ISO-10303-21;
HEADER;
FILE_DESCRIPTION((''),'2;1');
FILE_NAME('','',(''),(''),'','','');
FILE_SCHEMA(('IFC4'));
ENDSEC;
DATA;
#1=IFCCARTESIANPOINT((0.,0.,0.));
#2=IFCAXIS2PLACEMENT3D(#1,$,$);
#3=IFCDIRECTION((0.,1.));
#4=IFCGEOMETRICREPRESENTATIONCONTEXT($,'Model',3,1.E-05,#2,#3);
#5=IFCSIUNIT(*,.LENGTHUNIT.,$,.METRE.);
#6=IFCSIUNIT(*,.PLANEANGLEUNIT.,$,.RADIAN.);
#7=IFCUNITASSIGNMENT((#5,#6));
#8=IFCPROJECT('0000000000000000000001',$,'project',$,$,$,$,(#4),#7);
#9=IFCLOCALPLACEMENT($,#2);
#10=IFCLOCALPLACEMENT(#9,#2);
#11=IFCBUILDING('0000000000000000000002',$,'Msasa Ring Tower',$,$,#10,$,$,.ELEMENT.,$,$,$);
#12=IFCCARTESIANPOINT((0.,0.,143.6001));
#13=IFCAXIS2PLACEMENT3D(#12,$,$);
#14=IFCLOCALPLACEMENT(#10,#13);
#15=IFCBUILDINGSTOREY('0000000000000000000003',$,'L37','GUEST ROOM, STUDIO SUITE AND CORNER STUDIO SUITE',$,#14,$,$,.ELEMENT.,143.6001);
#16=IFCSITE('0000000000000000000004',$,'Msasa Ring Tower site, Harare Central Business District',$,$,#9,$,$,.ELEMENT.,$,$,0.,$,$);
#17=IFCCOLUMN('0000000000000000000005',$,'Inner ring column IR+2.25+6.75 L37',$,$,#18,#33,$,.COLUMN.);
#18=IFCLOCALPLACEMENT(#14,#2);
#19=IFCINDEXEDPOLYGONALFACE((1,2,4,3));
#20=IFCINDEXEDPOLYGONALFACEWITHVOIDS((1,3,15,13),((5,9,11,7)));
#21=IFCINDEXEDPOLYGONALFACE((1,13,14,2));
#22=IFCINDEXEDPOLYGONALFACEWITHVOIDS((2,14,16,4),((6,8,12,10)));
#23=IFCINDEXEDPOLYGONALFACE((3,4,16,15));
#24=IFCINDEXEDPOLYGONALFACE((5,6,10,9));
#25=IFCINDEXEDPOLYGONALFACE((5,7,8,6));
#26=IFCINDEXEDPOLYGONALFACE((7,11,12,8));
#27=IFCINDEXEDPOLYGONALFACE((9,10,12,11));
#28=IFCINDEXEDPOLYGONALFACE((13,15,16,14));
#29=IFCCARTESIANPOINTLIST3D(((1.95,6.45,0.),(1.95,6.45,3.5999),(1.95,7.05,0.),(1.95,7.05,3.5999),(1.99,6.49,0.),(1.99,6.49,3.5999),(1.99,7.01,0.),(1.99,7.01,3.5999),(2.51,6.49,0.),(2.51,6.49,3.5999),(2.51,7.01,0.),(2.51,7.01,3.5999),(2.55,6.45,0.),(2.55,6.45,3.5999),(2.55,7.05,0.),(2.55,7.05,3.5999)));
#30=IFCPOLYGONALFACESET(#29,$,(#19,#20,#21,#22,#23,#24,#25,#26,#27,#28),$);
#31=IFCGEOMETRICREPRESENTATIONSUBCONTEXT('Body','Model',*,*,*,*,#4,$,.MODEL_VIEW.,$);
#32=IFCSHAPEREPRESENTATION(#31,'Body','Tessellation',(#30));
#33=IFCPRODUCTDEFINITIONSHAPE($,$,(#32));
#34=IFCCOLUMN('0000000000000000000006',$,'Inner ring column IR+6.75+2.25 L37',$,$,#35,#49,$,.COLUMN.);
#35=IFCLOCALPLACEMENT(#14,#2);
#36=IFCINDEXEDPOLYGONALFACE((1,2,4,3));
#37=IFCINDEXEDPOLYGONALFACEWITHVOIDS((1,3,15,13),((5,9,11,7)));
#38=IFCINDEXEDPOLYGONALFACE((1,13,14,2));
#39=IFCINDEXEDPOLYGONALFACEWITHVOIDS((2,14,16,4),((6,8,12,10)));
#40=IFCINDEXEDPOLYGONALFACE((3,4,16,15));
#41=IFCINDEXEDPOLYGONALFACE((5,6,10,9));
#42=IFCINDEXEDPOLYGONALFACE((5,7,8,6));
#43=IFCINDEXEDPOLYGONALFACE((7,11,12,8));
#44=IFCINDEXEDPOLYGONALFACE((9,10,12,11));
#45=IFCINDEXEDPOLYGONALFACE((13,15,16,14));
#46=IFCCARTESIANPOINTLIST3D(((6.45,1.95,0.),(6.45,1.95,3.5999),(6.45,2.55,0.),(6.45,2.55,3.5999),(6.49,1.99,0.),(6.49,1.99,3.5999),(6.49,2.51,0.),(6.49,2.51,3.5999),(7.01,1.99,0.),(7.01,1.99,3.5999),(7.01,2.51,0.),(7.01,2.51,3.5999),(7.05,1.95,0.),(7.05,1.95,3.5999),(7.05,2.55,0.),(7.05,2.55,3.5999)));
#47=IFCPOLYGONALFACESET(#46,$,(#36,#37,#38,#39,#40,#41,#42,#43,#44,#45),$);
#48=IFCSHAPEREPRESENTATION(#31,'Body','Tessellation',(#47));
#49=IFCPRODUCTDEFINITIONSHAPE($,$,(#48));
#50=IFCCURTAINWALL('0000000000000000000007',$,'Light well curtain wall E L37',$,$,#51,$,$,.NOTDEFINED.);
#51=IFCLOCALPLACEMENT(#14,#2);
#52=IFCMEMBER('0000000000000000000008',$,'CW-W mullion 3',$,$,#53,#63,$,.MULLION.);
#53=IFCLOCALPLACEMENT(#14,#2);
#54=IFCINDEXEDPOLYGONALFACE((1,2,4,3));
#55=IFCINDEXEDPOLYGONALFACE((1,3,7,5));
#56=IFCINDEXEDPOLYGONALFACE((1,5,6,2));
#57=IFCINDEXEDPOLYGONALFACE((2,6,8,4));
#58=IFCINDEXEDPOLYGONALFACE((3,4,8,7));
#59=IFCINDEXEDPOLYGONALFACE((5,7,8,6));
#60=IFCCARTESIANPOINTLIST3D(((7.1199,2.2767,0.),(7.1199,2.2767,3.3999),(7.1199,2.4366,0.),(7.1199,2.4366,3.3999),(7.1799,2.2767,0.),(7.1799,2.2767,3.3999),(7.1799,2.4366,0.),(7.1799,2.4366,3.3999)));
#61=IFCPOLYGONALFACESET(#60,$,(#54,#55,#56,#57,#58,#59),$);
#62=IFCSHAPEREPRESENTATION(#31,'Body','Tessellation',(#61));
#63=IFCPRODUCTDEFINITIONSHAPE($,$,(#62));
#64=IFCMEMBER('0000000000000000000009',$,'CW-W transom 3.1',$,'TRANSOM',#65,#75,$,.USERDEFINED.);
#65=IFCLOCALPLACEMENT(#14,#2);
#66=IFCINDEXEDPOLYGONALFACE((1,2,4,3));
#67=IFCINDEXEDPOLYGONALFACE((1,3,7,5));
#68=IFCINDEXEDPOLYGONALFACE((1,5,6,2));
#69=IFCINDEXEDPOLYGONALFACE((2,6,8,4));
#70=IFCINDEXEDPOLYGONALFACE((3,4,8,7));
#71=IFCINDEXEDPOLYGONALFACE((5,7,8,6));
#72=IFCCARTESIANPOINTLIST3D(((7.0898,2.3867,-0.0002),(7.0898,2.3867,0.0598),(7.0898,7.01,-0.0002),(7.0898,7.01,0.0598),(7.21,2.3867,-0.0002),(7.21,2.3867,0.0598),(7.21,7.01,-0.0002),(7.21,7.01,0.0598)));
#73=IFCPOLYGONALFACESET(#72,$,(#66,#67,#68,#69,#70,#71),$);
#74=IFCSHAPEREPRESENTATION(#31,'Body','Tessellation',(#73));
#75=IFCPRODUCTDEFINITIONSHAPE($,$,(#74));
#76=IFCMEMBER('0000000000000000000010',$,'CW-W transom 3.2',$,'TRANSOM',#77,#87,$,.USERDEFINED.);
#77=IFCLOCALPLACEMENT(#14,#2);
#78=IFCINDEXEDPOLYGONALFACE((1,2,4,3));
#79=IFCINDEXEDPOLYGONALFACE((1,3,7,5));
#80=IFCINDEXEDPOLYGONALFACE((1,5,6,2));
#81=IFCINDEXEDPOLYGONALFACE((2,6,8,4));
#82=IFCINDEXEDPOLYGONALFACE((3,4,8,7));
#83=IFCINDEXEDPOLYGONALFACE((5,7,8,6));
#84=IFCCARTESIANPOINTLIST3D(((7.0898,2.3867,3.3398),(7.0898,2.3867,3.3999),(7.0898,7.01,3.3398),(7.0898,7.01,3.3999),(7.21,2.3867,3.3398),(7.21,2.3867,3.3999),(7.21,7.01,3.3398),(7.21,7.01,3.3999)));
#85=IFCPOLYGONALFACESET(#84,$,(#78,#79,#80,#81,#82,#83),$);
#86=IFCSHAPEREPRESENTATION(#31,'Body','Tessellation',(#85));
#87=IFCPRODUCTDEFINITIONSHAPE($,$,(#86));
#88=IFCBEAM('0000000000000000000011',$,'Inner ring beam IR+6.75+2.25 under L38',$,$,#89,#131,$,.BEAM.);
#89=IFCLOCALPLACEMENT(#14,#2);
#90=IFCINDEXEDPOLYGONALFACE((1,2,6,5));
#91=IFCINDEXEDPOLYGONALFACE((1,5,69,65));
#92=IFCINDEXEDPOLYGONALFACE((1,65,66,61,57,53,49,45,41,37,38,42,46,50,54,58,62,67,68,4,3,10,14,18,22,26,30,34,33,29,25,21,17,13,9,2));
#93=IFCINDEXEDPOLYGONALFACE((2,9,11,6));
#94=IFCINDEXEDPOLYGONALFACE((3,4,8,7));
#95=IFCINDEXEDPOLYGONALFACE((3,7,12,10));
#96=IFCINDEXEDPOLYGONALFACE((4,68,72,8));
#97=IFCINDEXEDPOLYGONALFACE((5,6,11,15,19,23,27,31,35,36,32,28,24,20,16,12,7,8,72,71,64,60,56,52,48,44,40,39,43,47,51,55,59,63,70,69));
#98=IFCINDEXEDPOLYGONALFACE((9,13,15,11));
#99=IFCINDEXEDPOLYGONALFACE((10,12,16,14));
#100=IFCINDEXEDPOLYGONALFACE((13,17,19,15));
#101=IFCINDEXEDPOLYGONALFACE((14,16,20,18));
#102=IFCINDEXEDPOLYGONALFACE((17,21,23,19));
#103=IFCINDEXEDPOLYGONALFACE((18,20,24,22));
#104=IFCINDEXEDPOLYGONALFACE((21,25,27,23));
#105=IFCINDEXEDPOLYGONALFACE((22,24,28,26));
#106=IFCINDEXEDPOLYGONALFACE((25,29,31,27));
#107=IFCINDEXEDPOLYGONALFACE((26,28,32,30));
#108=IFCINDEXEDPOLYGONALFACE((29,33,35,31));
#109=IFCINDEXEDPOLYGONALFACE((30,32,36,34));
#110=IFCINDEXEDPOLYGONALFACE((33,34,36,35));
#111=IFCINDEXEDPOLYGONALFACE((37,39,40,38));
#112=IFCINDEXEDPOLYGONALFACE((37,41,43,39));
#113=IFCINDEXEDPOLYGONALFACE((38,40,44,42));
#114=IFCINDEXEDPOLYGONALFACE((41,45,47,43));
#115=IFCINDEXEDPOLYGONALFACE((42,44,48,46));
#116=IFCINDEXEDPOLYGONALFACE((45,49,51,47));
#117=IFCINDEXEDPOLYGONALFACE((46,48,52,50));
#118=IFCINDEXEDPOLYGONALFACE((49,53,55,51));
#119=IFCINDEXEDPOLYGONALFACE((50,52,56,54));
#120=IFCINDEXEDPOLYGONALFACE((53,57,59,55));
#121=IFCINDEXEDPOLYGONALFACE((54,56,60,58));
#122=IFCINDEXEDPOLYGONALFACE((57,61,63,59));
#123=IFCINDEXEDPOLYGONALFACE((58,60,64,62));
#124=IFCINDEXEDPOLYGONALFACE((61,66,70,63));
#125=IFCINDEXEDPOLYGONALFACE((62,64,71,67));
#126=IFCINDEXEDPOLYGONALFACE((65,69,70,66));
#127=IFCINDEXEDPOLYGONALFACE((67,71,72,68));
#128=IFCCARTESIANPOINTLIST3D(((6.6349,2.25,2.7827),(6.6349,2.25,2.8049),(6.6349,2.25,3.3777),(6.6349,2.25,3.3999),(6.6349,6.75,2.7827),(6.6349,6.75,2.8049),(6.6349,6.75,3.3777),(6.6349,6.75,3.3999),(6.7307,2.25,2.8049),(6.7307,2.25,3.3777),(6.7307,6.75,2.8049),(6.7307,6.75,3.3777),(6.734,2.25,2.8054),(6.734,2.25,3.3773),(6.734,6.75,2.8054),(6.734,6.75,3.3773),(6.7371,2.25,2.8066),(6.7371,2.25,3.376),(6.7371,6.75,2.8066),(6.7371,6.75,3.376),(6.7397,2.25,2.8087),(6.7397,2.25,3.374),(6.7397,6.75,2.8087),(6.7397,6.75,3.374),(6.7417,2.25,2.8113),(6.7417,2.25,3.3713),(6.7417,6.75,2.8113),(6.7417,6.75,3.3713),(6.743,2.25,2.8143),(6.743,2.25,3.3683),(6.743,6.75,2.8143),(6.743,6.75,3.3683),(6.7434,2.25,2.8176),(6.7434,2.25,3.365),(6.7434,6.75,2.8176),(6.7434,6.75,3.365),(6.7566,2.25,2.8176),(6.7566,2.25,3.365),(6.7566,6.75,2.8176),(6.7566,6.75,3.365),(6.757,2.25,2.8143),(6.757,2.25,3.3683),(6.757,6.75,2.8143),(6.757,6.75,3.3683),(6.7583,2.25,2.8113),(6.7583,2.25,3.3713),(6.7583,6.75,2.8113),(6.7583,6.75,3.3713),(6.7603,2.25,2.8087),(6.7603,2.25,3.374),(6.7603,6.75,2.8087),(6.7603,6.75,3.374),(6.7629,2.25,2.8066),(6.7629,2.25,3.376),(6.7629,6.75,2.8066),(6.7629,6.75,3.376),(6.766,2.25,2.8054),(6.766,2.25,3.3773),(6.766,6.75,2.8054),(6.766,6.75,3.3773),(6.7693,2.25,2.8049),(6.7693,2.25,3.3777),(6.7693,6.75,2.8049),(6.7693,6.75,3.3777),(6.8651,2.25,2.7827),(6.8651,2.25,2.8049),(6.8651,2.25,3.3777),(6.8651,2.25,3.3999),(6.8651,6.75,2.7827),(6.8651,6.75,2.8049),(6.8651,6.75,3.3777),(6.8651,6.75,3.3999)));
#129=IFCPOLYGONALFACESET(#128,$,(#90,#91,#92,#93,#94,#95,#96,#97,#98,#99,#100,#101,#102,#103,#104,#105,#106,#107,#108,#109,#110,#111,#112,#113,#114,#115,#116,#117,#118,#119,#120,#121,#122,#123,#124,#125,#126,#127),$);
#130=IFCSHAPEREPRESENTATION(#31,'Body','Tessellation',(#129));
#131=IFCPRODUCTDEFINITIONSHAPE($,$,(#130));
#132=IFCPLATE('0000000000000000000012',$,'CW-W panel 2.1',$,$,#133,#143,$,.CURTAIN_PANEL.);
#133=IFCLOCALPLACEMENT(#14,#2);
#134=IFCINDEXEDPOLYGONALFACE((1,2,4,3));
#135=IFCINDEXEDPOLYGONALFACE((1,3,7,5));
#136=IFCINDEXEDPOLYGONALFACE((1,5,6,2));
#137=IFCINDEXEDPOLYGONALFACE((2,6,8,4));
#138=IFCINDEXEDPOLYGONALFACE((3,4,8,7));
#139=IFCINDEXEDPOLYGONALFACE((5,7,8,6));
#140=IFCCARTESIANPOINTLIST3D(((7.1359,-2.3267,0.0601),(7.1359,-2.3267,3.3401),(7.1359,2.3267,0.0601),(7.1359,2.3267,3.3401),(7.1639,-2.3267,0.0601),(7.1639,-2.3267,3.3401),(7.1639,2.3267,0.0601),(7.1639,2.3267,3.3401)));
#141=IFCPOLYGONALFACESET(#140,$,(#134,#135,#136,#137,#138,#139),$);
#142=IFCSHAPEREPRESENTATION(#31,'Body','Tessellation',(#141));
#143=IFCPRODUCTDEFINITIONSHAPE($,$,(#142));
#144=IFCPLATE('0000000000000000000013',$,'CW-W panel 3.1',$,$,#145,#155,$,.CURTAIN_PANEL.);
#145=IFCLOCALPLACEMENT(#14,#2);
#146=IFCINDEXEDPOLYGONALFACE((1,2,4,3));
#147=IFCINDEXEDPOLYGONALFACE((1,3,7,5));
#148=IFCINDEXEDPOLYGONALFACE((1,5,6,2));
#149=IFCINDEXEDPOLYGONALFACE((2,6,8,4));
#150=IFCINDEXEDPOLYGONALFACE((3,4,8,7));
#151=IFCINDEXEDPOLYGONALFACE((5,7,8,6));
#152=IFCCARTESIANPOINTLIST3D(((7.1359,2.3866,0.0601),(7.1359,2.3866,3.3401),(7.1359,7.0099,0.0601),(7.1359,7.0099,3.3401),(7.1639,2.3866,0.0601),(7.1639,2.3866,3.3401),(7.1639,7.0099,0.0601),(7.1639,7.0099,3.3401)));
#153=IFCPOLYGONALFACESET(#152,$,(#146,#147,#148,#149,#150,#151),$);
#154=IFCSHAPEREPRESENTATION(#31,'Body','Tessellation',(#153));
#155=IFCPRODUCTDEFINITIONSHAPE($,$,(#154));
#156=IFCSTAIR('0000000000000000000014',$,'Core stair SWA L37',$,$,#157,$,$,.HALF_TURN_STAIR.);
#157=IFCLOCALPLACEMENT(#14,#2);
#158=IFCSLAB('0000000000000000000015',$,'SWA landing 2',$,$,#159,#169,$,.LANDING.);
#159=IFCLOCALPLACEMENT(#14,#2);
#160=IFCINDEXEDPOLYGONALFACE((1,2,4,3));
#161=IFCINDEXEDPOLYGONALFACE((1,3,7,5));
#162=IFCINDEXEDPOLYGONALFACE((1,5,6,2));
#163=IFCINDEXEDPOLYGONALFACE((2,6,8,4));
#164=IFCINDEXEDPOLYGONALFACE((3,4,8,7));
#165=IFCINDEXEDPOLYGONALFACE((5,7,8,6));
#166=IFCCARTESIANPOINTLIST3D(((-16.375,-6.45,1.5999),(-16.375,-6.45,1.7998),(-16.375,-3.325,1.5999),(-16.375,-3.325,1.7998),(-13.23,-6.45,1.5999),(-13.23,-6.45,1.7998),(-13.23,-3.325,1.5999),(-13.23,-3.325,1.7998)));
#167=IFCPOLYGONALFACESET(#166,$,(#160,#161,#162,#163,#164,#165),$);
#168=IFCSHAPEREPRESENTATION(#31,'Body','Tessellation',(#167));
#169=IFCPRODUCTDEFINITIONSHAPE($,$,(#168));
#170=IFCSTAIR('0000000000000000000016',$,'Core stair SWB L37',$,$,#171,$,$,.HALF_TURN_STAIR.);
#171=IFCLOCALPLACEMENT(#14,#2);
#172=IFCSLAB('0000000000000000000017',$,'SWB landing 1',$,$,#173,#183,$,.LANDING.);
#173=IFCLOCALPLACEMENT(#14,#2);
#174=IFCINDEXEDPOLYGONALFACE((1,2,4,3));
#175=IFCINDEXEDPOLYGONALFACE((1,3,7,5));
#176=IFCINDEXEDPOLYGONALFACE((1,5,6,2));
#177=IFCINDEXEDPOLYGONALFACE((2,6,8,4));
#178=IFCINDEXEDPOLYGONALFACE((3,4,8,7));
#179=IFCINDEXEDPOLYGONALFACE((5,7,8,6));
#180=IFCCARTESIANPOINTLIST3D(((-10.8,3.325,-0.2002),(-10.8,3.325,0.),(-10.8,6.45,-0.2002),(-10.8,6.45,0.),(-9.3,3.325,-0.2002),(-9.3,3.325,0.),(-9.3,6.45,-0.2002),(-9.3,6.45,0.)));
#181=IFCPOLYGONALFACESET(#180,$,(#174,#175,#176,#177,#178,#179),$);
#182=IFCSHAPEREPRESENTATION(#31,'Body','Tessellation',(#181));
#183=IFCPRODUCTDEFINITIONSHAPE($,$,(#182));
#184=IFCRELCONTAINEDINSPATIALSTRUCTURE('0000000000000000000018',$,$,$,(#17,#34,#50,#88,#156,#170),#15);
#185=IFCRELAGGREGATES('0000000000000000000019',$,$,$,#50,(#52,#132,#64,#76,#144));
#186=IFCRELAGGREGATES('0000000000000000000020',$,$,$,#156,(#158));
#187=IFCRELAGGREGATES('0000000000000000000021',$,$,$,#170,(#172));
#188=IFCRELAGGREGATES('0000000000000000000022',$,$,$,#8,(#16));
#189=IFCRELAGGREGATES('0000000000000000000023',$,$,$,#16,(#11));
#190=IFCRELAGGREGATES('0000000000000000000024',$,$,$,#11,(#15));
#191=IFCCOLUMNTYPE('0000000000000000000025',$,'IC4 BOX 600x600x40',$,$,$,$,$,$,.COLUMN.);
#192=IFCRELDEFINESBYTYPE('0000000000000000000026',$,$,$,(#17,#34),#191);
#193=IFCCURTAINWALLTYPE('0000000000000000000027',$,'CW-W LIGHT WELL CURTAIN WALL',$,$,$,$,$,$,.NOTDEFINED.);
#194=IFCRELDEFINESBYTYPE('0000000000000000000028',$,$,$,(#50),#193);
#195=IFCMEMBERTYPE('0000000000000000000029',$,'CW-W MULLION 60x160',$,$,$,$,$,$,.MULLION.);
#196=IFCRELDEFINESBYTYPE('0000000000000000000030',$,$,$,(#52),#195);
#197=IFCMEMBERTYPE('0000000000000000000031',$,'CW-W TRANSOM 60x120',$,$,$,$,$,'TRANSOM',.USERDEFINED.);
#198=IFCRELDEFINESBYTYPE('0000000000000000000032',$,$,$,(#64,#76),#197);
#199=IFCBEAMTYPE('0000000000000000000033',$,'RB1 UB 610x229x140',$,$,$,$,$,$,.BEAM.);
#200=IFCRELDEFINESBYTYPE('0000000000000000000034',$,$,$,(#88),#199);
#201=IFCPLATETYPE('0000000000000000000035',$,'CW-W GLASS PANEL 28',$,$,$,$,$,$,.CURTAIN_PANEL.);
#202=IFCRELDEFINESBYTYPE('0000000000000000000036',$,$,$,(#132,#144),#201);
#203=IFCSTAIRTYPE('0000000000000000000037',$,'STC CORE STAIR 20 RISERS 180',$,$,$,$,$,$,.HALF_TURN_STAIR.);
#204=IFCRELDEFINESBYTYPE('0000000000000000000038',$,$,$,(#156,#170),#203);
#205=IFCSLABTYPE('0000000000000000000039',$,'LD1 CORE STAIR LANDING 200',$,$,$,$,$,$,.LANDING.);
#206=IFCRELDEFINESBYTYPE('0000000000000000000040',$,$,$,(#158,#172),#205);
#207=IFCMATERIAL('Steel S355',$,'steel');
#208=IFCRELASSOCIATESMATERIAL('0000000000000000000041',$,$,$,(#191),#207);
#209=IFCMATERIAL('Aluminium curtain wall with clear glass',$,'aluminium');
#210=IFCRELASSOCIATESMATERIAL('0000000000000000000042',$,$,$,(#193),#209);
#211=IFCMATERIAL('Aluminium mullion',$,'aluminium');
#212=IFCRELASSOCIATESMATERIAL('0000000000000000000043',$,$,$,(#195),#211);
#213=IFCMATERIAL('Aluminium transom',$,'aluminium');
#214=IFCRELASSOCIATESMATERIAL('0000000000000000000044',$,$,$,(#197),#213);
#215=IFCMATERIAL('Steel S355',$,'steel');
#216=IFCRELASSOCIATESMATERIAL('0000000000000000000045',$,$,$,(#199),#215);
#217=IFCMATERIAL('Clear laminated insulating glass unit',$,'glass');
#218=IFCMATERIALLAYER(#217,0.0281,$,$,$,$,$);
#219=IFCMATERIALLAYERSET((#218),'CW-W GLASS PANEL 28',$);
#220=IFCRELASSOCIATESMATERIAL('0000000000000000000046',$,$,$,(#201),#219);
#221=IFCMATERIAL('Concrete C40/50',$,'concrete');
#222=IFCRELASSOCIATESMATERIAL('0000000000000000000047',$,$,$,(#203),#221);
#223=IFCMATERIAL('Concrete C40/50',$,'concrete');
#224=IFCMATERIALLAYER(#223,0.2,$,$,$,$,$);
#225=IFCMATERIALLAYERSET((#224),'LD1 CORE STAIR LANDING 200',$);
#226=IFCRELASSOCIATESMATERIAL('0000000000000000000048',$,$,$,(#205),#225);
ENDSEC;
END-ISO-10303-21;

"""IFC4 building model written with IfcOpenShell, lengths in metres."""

from ifc_helpers import new_model, si_unit, direction, frame, origin, origin_2d, place, context, subcontext, project, spatial, polyline, rectangle, hollow_rectangle, i_section, outline, extrude, material, layer, layer_set, material_profile, profile_set, type_object, element, aggregate, save


model = new_model("IFC4")

# Units and contexts
model_context = context("Model", 3, precision=1e-05, world=origin(), true_north=direction((0.0, 1.0)))
body_context = subcontext(model_context, "Body", "Model", "MODEL_VIEW")
ifc_project = project(units=[si_unit("LENGTHUNIT", "METRE"), si_unit("PLANEANGLEUNIT", "RADIAN")], contexts=[model_context])

# Site, building, storey
site_placement = place(None, origin())
site = spatial("IfcSite", under=ifc_project, at=site_placement, Name="Msasa Ring Tower site, Harare Central Business District", CompositionType="ELEMENT", RefElevation=0.0)
building_placement = place(site_placement, origin())
building = spatial("IfcBuilding", under=site, at=building_placement, Name="Msasa Ring Tower", CompositionType="ELEMENT")
storey_placement = place(building_placement, frame((0.0, 0.0, 143.6001)))
storey = spatial("IfcBuildingStorey", under=building, at=storey_placement, Name="L37", Description="GUEST ROOM, STUDIO SUITE AND CORNER STUDIO SUITE", CompositionType="ELEMENT", Elevation=143.6001)

# Columns
ifc_material_1 = material(Name="Steel S355", Category="steel")
ifc_material_profile_1 = material_profile(ifc_material_1, hollow_rectangle(XDim=0.6001, YDim=0.6001, WallThickness=0.04, at=origin_2d()), Name="BOX 600x600x40")
ifc_profile_set_1 = profile_set([ifc_material_profile_1], Name="Steel S355")
column_type = type_object("IfcColumnType", Name="IC4 BOX 600x600x40", PredefinedType="COLUMN", material=ifc_profile_set_1)
for number, where, z_axis, x_axis, name in (
    (1, (2.25, 6.75, 0.0), (0.0, 0.0, 1.0), (1.0, 0.0, 0.0), "Inner ring column IR+2.25+6.75 L37"),
    (2, (6.75, 2.25, 0.0), (0.0, 0.0, 1.0), (1.0, 0.0, 0.0), "Inner ring column IR+6.75+2.25 L37"),
):
    element("IfcColumn", number, at=place(storey_placement, frame(where, z_axis=z_axis, x_axis=x_axis)), inside=storey, type_object=column_type, Name=name, PredefinedType="COLUMN", context=body_context, shape_type="SweptSolid", body=[
        extrude(hollow_rectangle(XDim=0.6001, YDim=0.6001, WallThickness=0.04, at=origin_2d()), origin(), (0.0, 0.0, 1.0), 3.5999),
    ])

# Curtain wall, members
ifc_material_2 = material(Name="Aluminium curtain wall with clear glass", Category="aluminium")
curtain_wall_type = type_object("IfcCurtainWallType", Name="CW-W LIGHT WELL CURTAIN WALL", PredefinedType="NOTDEFINED", material=ifc_material_2)
curtain_wall_placement = place(storey_placement, origin())
curtain_wall = element("IfcCurtainWall", 3, at=curtain_wall_placement, inside=storey, type_object=curtain_wall_type, Name="Light well curtain wall E L37", PredefinedType="NOTDEFINED")
ifc_material_3 = material(Name="Aluminium mullion", Category="aluminium")
ifc_material_profile_2 = material_profile(ifc_material_3, rectangle(XDim=0.0601, YDim=0.1599, at=origin_2d()), Name="AL 60x160")
ifc_profile_set_2 = profile_set([ifc_material_profile_2], Name="Aluminium mullion")
member_type_1 = type_object("IfcMemberType", Name="CW-W MULLION 60x160", PredefinedType="MULLION", material=ifc_profile_set_2)
member_1_placement = place(storey_placement, frame((7.1499, 2.3567, 0.0), z_axis=(0.0, 0.0, 1.0), x_axis=(-1.0, 0.0, 0.0)))
member_1 = element("IfcMember", 4, at=member_1_placement, type_object=member_type_1, Name="CW-W mullion 3", PredefinedType="MULLION", context=body_context, shape_type="SweptSolid", body=[
    extrude(rectangle(XDim=0.0601, YDim=0.1599, at=origin_2d()), origin(), (0.0, 0.0, 1.0), 3.3999),
])
ifc_material_4 = material(Name="Aluminium transom", Category="aluminium")
ifc_material_profile_3 = material_profile(ifc_material_4, rectangle(XDim=0.1201, YDim=0.0601, at=origin_2d()), Name="AL 60x120")
ifc_profile_set_3 = profile_set([ifc_material_profile_3], Name="Aluminium transom")
member_type_2 = type_object("IfcMemberType", Name="CW-W TRANSOM 60x120", ElementType="TRANSOM", PredefinedType="USERDEFINED", material=ifc_profile_set_3)
member_2_placement = place(storey_placement, frame((7.1499, 2.3867, 0.0298), z_axis=(0.0, 1.0, 0.0), x_axis=(-1.0, 0.0, 0.0)))
member_2 = element("IfcMember", 5, at=member_2_placement, type_object=member_type_2, Name="CW-W transom 3.1", ObjectType="TRANSOM", PredefinedType="USERDEFINED", context=body_context, shape_type="SweptSolid", body=[
    extrude(rectangle(XDim=0.1201, YDim=0.0601, at=origin_2d()), origin(), (0.0, 0.0, 1.0), 4.6233),
])
member_3_placement = place(storey_placement, frame((7.1499, 2.3867, 3.3699), z_axis=(0.0, 1.0, 0.0), x_axis=(-1.0, 0.0, 0.0)))
member_3 = element("IfcMember", 6, at=member_3_placement, type_object=member_type_2, Name="CW-W transom 3.2", ObjectType="TRANSOM", PredefinedType="USERDEFINED", context=body_context, shape_type="SweptSolid", body=[
    extrude(rectangle(XDim=0.1201, YDim=0.0601, at=origin_2d()), origin(), (0.0, 0.0, 1.0), 4.6233),
])

# Beam
ifc_material_5 = material(Name="Steel S355", Category="steel")
ifc_material_profile_4 = material_profile(ifc_material_5, i_section(OverallWidth=0.2302, OverallDepth=0.6172, WebThickness=0.0132, FlangeThickness=0.0222, FilletRadius=0.0127, at=origin_2d()), Name="UB 610x229x140")
ifc_profile_set_4 = profile_set([ifc_material_profile_4], Name="Steel S355")
beam_type = type_object("IfcBeamType", Name="RB1 UB 610x229x140", PredefinedType="BEAM", material=ifc_profile_set_4)
beam_placement = place(storey_placement, frame((6.75, 2.25, 3.0913), z_axis=(0.0, 1.0, 0.0), x_axis=(-1.0, 0.0, 0.0)))
element("IfcBeam", 7, at=beam_placement, inside=storey, type_object=beam_type, Name="Inner ring beam IR+6.75+2.25 under L38", PredefinedType="BEAM", context=body_context, shape_type="SweptSolid", body=[
    extrude(i_section(OverallWidth=0.2302, OverallDepth=0.6172, WebThickness=0.0132, FlangeThickness=0.0222, FilletRadius=0.0127, at=origin_2d()), origin(), (0.0, 0.0, 1.0), 4.5),
])

# Plates
ifc_material_6 = material(Name="Clear laminated insulating glass unit", Category="glass")
ifc_layer_1 = layer(ifc_material_6, 0.0281)
ifc_layer_set_1 = layer_set([ifc_layer_1], Name="CW-W GLASS PANEL 28")
plate_type = type_object("IfcPlateType", Name="CW-W GLASS PANEL 28", PredefinedType="CURTAIN_PANEL", material=ifc_layer_set_1)
plate_1_placement = place(storey_placement, frame((7.1499, 0.0, 0.0601), z_axis=(0.0, 0.0, 1.0), x_axis=(0.0, 1.0, 0.0)))
plate_1 = element("IfcPlate", 8, at=plate_1_placement, type_object=plate_type, Name="CW-W panel 2.1", PredefinedType="CURTAIN_PANEL", context=body_context, shape_type="SweptSolid", body=[
    extrude(rectangle(XDim=4.6533, YDim=0.0281, at=origin_2d()), origin(), (0.0, 0.0, 1.0), 3.28),
])
plate_2_placement = place(storey_placement, frame((7.1499, 4.6982, 0.0601), z_axis=(0.0, 0.0, 1.0), x_axis=(0.0, 1.0, 0.0)))
plate_2 = element("IfcPlate", 9, at=plate_2_placement, type_object=plate_type, Name="CW-W panel 3.1", PredefinedType="CURTAIN_PANEL", context=body_context, shape_type="SweptSolid", body=[
    extrude(rectangle(XDim=4.6233, YDim=0.0281, at=origin_2d()), origin(), (0.0, 0.0, 1.0), 3.28),
])
aggregate(curtain_wall, [member_1, plate_1, member_2, member_3, plate_2])

# Stair, slab
ifc_material_7 = material(Name="Concrete C40/50", Category="concrete")
stair_type = type_object("IfcStairType", Name="STC CORE STAIR 20 RISERS 180", PredefinedType="HALF_TURN_STAIR", material=ifc_material_7)
stair_1_placement = place(storey_placement, origin())
stair_1 = element("IfcStair", 10, at=stair_1_placement, inside=storey, type_object=stair_type, Name="Core stair SWA L37", PredefinedType="HALF_TURN_STAIR")
ifc_material_8 = material(Name="Concrete C40/50", Category="concrete")
ifc_layer_2 = layer(ifc_material_8, 0.2)
ifc_layer_set_2 = layer_set([ifc_layer_2], Name="LD1 CORE STAIR LANDING 200")
slab_type = type_object("IfcSlabType", Name="LD1 CORE STAIR LANDING 200", PredefinedType="LANDING", material=ifc_layer_set_2)
slab_1_placement = place(storey_placement, frame((0.0, 0.0, 1.5999)))
slab_1 = element("IfcSlab", 11, at=slab_1_placement, type_object=slab_type, Name="SWA landing 2", PredefinedType="LANDING", context=body_context, shape_type="SweptSolid", body=[
    extrude(outline(polyline([(-16.375, -6.45), (-13.23, -6.45), (-13.23, -3.325), (-16.375, -3.325), (-16.375, -6.45)])), origin(), (0.0, 0.0, 1.0), 0.2),
])
aggregate(stair_1, [slab_1])

# Stair, slab
stair_2_placement = place(storey_placement, origin())
stair_2 = element("IfcStair", 12, at=stair_2_placement, inside=storey, type_object=stair_type, Name="Core stair SWB L37", PredefinedType="HALF_TURN_STAIR")
slab_2_placement = place(storey_placement, frame((0.0, 0.0, -0.2002)))
slab_2 = element("IfcSlab", 13, at=slab_2_placement, type_object=slab_type, Name="SWB landing 1", PredefinedType="LANDING", context=body_context, shape_type="SweptSolid", body=[
    extrude(outline(polyline([(-10.8, 3.325), (-9.3, 3.325), (-9.3, 6.45), (-10.8, 6.45), (-10.8, 3.325)])), origin(), (0.0, 0.0, 1.0), 0.2002),
])
aggregate(stair_2, [slab_2])

save(model, "model.ifc")
